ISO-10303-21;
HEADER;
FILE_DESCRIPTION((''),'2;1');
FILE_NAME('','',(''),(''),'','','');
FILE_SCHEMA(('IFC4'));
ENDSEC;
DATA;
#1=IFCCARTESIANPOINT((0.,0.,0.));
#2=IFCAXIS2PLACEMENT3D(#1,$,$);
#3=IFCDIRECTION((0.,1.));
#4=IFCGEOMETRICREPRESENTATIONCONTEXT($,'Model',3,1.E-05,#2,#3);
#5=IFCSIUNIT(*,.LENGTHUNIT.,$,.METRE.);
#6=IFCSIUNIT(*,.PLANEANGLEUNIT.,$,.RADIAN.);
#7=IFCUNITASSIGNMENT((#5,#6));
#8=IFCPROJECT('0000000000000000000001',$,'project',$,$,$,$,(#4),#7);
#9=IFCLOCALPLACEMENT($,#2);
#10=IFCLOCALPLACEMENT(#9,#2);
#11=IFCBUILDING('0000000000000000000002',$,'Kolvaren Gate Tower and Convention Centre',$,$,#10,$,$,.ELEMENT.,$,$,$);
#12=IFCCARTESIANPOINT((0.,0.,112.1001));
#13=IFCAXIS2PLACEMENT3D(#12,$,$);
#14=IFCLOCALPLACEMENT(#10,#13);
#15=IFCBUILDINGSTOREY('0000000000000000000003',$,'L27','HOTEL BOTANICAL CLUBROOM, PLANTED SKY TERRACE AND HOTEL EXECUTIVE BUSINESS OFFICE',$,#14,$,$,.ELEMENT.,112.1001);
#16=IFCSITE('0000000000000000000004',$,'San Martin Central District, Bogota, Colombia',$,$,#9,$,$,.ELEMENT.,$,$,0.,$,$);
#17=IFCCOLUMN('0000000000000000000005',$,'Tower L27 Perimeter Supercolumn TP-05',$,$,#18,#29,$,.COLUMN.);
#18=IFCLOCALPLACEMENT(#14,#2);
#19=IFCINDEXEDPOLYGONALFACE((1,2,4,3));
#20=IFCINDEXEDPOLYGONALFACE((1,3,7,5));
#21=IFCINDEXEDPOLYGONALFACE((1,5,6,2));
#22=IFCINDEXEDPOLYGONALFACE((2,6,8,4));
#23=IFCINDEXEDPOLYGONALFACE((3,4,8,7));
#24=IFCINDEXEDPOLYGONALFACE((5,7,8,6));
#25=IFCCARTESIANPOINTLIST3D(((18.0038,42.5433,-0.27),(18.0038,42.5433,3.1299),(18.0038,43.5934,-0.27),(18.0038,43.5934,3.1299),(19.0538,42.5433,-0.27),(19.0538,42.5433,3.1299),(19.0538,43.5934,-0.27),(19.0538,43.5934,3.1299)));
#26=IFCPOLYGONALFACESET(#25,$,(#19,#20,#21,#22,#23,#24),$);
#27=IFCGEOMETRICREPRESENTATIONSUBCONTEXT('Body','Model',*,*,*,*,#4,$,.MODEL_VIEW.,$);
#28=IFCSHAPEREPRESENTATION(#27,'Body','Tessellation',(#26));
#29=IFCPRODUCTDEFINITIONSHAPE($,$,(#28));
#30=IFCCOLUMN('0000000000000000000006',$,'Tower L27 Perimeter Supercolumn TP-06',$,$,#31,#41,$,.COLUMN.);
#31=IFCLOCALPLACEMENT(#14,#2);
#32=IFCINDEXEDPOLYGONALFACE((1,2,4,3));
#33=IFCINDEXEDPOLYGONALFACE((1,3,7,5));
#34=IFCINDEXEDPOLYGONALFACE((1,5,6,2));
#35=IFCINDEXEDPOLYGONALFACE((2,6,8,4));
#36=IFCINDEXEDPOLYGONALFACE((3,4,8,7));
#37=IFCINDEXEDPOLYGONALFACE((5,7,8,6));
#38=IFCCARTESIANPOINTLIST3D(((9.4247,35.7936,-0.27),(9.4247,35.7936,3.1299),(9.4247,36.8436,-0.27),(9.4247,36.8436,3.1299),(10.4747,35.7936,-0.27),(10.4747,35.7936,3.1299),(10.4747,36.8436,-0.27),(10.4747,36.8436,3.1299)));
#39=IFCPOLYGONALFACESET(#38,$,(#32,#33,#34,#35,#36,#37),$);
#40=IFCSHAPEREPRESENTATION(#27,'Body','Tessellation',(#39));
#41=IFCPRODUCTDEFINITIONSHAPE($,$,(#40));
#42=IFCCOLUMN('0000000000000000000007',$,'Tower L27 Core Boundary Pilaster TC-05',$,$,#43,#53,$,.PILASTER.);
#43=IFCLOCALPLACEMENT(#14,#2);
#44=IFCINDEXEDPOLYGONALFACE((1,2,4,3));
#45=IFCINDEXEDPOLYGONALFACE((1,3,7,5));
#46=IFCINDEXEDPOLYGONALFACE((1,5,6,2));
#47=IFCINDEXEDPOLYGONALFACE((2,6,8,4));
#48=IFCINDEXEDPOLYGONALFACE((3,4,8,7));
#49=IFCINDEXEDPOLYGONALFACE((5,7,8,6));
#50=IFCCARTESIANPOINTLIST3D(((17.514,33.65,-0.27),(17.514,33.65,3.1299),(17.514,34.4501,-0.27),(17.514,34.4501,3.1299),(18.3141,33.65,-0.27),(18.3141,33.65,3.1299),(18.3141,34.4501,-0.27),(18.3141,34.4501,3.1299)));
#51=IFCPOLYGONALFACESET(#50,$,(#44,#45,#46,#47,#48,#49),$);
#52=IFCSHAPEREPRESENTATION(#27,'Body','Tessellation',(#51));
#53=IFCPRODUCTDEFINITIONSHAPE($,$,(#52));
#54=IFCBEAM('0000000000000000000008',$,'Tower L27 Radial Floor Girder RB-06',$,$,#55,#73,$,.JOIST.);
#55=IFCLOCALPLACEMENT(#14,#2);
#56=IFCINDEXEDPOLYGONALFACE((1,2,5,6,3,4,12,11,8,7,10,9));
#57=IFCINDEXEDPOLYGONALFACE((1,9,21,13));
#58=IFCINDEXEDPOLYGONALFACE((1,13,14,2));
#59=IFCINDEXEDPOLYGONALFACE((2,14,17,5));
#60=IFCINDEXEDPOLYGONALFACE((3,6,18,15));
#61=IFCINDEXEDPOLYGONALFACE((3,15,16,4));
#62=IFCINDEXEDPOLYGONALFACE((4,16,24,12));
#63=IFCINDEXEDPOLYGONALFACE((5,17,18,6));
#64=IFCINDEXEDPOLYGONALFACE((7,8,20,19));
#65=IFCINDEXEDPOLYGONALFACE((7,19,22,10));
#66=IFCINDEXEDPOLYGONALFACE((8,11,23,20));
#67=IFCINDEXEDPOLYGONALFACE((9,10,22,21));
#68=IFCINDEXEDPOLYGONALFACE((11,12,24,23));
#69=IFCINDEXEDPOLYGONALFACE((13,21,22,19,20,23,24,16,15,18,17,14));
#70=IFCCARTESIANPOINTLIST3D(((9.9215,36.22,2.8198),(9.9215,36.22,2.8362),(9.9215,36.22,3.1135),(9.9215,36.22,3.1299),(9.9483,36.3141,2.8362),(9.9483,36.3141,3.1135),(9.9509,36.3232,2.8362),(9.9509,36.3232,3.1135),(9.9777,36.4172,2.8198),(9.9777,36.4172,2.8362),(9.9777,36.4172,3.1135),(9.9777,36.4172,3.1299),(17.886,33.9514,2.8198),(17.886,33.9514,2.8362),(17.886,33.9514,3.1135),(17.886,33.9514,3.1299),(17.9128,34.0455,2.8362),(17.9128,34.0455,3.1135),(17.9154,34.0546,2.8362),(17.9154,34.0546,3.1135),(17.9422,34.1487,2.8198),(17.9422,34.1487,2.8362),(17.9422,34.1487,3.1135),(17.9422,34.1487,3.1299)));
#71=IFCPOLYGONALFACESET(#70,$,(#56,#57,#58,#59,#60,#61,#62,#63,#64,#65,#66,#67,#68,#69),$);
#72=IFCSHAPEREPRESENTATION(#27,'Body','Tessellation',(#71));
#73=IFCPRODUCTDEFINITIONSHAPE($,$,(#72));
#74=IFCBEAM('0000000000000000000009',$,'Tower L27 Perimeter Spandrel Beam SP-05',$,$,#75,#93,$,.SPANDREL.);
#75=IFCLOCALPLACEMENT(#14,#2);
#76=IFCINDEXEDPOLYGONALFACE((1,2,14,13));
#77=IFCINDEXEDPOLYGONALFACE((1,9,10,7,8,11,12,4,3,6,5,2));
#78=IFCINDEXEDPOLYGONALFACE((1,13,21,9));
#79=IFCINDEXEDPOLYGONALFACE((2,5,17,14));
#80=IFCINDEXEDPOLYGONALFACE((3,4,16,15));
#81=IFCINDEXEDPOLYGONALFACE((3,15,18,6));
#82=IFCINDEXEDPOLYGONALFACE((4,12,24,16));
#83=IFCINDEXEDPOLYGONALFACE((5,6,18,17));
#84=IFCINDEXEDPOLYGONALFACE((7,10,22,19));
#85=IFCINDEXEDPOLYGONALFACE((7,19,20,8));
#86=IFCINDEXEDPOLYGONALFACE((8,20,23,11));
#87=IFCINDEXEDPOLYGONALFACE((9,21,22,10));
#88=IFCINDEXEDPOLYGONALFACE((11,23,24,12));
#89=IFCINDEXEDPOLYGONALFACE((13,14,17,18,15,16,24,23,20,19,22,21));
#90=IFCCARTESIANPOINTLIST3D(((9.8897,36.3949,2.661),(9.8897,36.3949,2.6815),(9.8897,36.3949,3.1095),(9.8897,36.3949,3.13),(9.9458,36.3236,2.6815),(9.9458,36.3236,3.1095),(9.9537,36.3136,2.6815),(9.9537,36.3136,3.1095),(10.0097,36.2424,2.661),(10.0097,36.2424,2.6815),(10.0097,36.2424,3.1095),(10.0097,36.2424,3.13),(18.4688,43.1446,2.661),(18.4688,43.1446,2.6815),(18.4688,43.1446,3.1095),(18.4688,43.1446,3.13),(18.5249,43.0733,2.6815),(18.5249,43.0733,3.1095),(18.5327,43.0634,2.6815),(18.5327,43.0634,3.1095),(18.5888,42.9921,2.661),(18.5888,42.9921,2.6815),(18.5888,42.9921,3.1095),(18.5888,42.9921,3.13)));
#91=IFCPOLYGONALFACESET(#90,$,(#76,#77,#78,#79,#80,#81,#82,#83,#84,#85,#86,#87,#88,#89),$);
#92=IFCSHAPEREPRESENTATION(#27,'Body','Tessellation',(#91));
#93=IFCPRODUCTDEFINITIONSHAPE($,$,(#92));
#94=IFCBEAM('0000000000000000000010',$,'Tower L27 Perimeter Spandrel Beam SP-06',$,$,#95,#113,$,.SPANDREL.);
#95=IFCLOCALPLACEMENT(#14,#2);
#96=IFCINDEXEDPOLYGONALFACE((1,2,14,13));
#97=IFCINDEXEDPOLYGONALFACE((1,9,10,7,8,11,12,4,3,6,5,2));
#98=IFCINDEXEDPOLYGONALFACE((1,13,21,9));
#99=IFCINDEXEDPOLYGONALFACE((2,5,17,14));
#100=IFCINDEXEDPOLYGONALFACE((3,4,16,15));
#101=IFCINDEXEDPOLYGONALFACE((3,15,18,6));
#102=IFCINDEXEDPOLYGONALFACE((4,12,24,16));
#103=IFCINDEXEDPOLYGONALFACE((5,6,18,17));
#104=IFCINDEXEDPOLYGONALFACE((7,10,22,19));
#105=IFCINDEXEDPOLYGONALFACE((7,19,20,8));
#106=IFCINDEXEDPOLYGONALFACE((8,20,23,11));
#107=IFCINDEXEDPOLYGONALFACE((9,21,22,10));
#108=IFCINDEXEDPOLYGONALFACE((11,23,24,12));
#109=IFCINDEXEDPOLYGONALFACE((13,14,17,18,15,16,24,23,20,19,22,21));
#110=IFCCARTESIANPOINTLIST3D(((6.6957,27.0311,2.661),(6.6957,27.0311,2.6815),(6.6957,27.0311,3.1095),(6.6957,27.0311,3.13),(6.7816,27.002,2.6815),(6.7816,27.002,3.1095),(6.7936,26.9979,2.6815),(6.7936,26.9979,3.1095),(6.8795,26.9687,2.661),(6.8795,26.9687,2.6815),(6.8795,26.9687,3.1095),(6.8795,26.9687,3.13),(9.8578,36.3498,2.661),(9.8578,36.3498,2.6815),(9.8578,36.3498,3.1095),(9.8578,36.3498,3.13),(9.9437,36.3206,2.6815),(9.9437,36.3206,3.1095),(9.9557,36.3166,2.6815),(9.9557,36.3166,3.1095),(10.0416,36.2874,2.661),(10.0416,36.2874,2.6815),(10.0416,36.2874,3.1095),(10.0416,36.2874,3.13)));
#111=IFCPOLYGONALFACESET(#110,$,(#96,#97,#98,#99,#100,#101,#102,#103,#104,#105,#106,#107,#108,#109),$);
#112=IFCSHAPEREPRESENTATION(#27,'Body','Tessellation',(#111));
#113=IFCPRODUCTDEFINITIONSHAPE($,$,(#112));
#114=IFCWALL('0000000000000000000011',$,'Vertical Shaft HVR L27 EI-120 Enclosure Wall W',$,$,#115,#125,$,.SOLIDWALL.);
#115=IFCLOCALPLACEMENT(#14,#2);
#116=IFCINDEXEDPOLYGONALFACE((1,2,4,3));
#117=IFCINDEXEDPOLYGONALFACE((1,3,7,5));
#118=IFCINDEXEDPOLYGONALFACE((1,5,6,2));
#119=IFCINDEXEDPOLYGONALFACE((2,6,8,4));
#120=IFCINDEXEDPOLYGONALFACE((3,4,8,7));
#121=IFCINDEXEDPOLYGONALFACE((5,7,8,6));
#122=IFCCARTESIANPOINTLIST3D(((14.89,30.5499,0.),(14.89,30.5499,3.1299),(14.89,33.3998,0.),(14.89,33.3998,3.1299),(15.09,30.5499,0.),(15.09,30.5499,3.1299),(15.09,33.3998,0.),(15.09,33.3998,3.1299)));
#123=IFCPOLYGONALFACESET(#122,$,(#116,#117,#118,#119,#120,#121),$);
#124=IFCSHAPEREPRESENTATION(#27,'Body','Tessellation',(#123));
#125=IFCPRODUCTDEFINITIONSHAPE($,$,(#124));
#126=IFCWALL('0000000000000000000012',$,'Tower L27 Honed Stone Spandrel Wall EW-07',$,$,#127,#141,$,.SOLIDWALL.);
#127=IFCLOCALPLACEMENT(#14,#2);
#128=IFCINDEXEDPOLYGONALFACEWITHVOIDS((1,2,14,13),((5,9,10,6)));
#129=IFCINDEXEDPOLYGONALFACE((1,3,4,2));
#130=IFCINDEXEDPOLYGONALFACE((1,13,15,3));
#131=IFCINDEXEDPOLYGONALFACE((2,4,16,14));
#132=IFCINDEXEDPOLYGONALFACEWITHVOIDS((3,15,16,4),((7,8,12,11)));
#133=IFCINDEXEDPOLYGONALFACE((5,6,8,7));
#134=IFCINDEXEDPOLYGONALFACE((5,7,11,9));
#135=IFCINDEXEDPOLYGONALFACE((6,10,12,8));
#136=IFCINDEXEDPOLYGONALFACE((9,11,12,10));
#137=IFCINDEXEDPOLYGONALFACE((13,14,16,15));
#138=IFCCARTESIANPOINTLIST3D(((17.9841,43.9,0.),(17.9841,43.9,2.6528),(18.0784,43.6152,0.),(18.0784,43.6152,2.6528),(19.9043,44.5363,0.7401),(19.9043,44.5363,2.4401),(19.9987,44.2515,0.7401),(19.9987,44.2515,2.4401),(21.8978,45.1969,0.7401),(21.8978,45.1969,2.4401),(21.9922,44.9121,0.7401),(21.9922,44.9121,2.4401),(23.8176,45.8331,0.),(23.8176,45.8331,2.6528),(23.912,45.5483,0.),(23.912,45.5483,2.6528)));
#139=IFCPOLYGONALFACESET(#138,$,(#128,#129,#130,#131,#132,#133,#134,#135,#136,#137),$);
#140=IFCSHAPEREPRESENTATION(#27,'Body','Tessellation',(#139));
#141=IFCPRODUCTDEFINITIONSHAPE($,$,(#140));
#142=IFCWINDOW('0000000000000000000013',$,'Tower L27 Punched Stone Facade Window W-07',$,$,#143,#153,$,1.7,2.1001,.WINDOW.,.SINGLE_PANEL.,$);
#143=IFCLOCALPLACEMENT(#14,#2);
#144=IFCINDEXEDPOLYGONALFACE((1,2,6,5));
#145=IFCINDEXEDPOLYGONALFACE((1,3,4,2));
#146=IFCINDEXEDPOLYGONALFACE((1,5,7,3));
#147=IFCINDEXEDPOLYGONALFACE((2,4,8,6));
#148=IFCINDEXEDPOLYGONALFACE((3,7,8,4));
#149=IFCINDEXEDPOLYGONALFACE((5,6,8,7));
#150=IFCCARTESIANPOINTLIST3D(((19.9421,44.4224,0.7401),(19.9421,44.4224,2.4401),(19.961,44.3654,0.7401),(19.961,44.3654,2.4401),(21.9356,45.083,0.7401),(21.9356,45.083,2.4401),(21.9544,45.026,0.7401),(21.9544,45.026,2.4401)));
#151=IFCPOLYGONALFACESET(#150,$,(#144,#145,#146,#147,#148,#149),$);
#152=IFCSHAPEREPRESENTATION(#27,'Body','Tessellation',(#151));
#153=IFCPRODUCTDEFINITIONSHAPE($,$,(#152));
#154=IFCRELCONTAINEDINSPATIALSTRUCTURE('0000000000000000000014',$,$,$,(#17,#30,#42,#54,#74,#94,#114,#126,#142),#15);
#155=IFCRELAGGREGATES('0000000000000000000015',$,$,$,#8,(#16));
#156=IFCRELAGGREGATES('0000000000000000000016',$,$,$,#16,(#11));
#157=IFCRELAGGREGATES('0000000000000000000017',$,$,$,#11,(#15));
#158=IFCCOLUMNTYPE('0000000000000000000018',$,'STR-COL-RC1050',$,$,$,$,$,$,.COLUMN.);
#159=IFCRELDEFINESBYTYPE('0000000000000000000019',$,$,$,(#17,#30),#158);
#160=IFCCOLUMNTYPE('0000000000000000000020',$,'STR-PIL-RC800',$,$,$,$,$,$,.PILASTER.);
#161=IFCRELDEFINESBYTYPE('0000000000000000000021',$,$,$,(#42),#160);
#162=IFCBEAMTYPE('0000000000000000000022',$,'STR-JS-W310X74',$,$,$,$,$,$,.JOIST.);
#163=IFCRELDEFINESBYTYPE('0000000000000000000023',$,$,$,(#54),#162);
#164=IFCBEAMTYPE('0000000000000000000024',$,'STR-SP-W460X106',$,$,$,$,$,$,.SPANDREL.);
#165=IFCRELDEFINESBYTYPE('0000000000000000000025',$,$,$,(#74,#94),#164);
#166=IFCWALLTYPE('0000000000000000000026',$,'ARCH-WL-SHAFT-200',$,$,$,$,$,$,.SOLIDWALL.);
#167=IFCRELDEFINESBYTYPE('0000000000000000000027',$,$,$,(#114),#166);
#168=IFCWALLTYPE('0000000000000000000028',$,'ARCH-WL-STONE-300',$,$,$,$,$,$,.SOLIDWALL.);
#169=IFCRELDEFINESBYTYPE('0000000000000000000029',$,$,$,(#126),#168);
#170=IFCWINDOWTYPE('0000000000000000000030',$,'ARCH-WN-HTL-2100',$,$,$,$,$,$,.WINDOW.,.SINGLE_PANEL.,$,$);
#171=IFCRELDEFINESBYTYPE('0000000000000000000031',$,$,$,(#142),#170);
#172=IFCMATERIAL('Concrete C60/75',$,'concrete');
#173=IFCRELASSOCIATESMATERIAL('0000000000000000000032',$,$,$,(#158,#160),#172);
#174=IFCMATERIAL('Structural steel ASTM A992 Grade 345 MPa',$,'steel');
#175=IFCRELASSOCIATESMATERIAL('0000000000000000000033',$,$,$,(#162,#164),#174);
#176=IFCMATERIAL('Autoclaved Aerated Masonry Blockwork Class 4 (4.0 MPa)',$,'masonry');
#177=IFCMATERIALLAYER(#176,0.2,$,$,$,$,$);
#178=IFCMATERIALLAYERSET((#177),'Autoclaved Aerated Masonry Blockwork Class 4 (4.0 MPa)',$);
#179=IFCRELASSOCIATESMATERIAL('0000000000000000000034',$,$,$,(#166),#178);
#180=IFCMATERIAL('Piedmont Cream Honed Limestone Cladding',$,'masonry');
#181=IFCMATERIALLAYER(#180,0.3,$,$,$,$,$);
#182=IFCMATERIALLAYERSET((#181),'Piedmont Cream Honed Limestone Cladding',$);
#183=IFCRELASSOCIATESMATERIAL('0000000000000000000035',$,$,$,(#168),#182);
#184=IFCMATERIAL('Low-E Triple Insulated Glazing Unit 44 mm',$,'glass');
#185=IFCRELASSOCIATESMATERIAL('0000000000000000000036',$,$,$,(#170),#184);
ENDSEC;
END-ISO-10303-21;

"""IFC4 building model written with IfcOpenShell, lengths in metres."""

from ifc_helpers import new_model, si_unit, direction, frame, frame_2d, origin, origin_2d, place, context, subcontext, project, spatial, rectangle, i_section, extrude, material, layer, layer_set, material_profile, profile_set, type_object, element, fill, save


model = new_model("IFC4")

# Units and contexts
model_context = context("Model", 3, precision=1e-05, world=origin(), true_north=direction((0.0, 1.0)))
body_context = subcontext(model_context, "Body", "Model", "MODEL_VIEW")
ifc_project = project(units=[si_unit("LENGTHUNIT", "METRE"), si_unit("PLANEANGLEUNIT", "RADIAN")], contexts=[model_context])

# Site, building, storey
site_placement = place(None, origin())
site = spatial("IfcSite", under=ifc_project, at=site_placement, Name="San Martin Central District, Bogota, Colombia", CompositionType="ELEMENT", RefElevation=0.0)
building_placement = place(site_placement, origin())
building = spatial("IfcBuilding", under=site, at=building_placement, Name="Kolvaren Gate Tower and Convention Centre", CompositionType="ELEMENT")
storey_placement = place(building_placement, frame((0.0, 0.0, 112.1001)))
storey = spatial("IfcBuildingStorey", under=building, at=storey_placement, Name="L27", Description="HOTEL BOTANICAL CLUBROOM, PLANTED SKY TERRACE AND HOTEL EXECUTIVE BUSINESS OFFICE", CompositionType="ELEMENT", Elevation=112.1001)

# Columns
ifc_material_1 = material(Name="Concrete C60/75", Category="concrete")
ifc_material_profile_1 = material_profile(ifc_material_1, rectangle(XDim=1.05, YDim=1.05, at=origin_2d()), Name="RC-COL-1050X1050")
ifc_profile_set_1 = profile_set([ifc_material_profile_1], Name="Concrete C60/75")
column_type_1 = type_object("IfcColumnType", Name="STR-COL-RC1050", PredefinedType="COLUMN", material=ifc_profile_set_1)
for number, where, z_axis, x_axis, name in (
    (1, (18.5288, 43.0684, -0.27), (0.0, 0.0, 1.0), (1.0, 0.0, 0.0), "Tower L27 Perimeter Supercolumn TP-05"),
    (2, (9.9497, 36.3186, -0.27), (0.0, 0.0, 1.0), (1.0, 0.0, 0.0), "Tower L27 Perimeter Supercolumn TP-06"),
):
    element("IfcColumn", number, at=place(storey_placement, frame(where, z_axis=z_axis, x_axis=x_axis)), inside=storey, type_object=column_type_1, Name=name, PredefinedType="COLUMN", context=body_context, shape_type="SweptSolid", body=[
        extrude(rectangle(XDim=1.05, YDim=1.05, at=origin_2d()), origin(), (0.0, 0.0, 1.0), 3.3999),
    ])
ifc_material_profile_2 = material_profile(ifc_material_1, rectangle(XDim=0.8, YDim=0.8, at=origin_2d()), Name="RC-COL-800X800")
ifc_profile_set_2 = profile_set([ifc_material_profile_2], Name="Concrete C60/75")
column_type_2 = type_object("IfcColumnType", Name="STR-PIL-RC800", PredefinedType="PILASTER", material=ifc_profile_set_2)
column_placement = place(storey_placement, frame((17.9141, 34.05, -0.27), z_axis=(0.0, 0.0, 1.0), x_axis=(1.0, 0.0, 0.0)))
element("IfcColumn", 3, at=column_placement, inside=storey, type_object=column_type_2, Name="Tower L27 Core Boundary Pilaster TC-05", PredefinedType="PILASTER", context=body_context, shape_type="SweptSolid", body=[
    extrude(rectangle(XDim=0.8, YDim=0.8, at=origin_2d()), origin(), (0.0, 0.0, 1.0), 3.3999),
])

# Beams
ifc_material_2 = material(Name="Structural steel ASTM A992 Grade 345 MPa", Category="steel")
ifc_material_profile_3 = material_profile(ifc_material_2, i_section(OverallWidth=0.2051, OverallDepth=0.3101, WebThickness=0.0095, FlangeThickness=0.0164, at=origin_2d()), Name="W310X74")
ifc_profile_set_3 = profile_set([ifc_material_profile_3], Name="Structural steel ASTM A992 Grade 345 MPa")
beam_type_1 = type_object("IfcBeamType", Name="STR-JS-W310X74", PredefinedType="JOIST", material=ifc_profile_set_3)
beam_1_placement = place(storey_placement, frame((17.9141, 34.05, 2.9749), z_axis=(-0.961746, 0.273942, 0.0), x_axis=(-0.273942, -0.961746, 0.0)))
element("IfcBeam", 4, at=beam_1_placement, inside=storey, type_object=beam_type_1, Name="Tower L27 Radial Floor Girder RB-06", PredefinedType="JOIST", context=body_context, shape_type="SweptSolid", body=[
    extrude(i_section(OverallWidth=0.2051, OverallDepth=0.3101, WebThickness=0.0095, FlangeThickness=0.0164, at=origin_2d()), origin(), (0.0, 0.0, 1.0), 8.2812),
])
ifc_material_profile_4 = material_profile(ifc_material_2, i_section(OverallWidth=0.1941, OverallDepth=0.469, WebThickness=0.0127, FlangeThickness=0.0205, at=origin_2d()), Name="W460X106")
ifc_profile_set_4 = profile_set([ifc_material_profile_4], Name="Structural steel ASTM A992 Grade 345 MPa")
beam_type_2 = type_object("IfcBeamType", Name="STR-SP-W460X106", PredefinedType="SPANDREL", material=ifc_profile_set_4)
beam_2_placement = place(storey_placement, frame((18.5288, 43.0684, 2.8955), z_axis=(-0.785916, -0.618333, 0.0), x_axis=(0.618333, -0.785916, 0.0)))
element("IfcBeam", 5, at=beam_2_placement, inside=storey, type_object=beam_type_2, Name="Tower L27 Perimeter Spandrel Beam SP-05", PredefinedType="SPANDREL", context=body_context, shape_type="SweptSolid", body=[
    extrude(i_section(OverallWidth=0.1941, OverallDepth=0.469, WebThickness=0.0127, FlangeThickness=0.0205, at=origin_2d()), origin(), (0.0, 0.0, 1.0), 10.916),
])
beam_3_placement = place(storey_placement, frame((9.9497, 36.3186, 2.8955), z_axis=(-0.321336, -0.946965, 0.0), x_axis=(0.946965, -0.321336, 0.0)))
element("IfcBeam", 6, at=beam_3_placement, inside=storey, type_object=beam_type_2, Name="Tower L27 Perimeter Spandrel Beam SP-06", PredefinedType="SPANDREL", context=body_context, shape_type="SweptSolid", body=[
    extrude(i_section(OverallWidth=0.1941, OverallDepth=0.469, WebThickness=0.0127, FlangeThickness=0.0205, at=origin_2d()), origin(), (0.0, 0.0, 1.0), 9.8406),
])

# Wall
ifc_material_3 = material(Name="Autoclaved Aerated Masonry Blockwork Class 4 (4.0 MPa)", Category="masonry")
ifc_layer_1 = layer(ifc_material_3, 0.2)
ifc_layer_set_1 = layer_set([ifc_layer_1], Name="Autoclaved Aerated Masonry Blockwork Class 4 (4.0 MPa)")
wall_type_1 = type_object("IfcWallType", Name="ARCH-WL-SHAFT-200", PredefinedType="SOLIDWALL", material=ifc_layer_set_1)
wall_1_placement = place(storey_placement, frame((14.99, 30.55, 0.0), z_axis=(0.0, 0.0, 1.0), x_axis=(0.0, 1.0, 0.0)))
element("IfcWall", 7, at=wall_1_placement, inside=storey, type_object=wall_type_1, Name="Vertical Shaft HVR L27 EI-120 Enclosure Wall W", PredefinedType="SOLIDWALL", context=body_context, shape_type="SweptSolid", body=[
    extrude(rectangle(XDim=2.8499, YDim=0.2, at=frame_2d((1.4248, 0.0))), origin(), (0.0, 0.0, 1.0), 3.1299),
])

# Wall, opening, window
ifc_material_4 = material(Name="Piedmont Cream Honed Limestone Cladding", Category="masonry")
ifc_layer_2 = layer(ifc_material_4, 0.3)
ifc_layer_set_2 = layer_set([ifc_layer_2], Name="Piedmont Cream Honed Limestone Cladding")
wall_type_2 = type_object("IfcWallType", Name="ARCH-WL-STONE-300", PredefinedType="SOLIDWALL", material=ifc_layer_set_2)
wall_2_placement = place(storey_placement, frame((18.0312, 43.7576, 0.0), z_axis=(0.0, 0.0, 1.0), x_axis=(0.949238, 0.314559, 0.0)))
wall_2 = element("IfcWall", 8, at=wall_2_placement, inside=storey, type_object=wall_type_2, Name="Tower L27 Honed Stone Spandrel Wall EW-07", PredefinedType="SOLIDWALL", context=body_context, shape_type="SweptSolid", body=[
    extrude(rectangle(XDim=6.1455, YDim=0.3, at=frame_2d((3.0728, 0.0))), origin(), (0.0, 0.0, 1.0), 2.6528),
])
opening_1_placement = place(wall_2_placement, frame((2.0229, 0.0, 0.74)))
opening_1 = element("IfcOpeningElement", 9, at=opening_1_placement, cuts=wall_2, PredefinedType="OPENING", context=body_context, shape_type="SweptSolid", body=[
    extrude(rectangle(XDim=2.1001, YDim=1.7, at=frame_2d((1.05, 0.8501))), frame((0.0, 0.1599, 0.0), z_axis=(0.0, -1.0, 0.0), x_axis=(1.0, 0.0, 0.0)), (0.0, 0.0, 1.0), 0.3201),
])
ifc_material_5 = material(Name="Low-E Triple Insulated Glazing Unit 44 mm", Category="glass")
window_type = type_object("IfcWindowType", Name="ARCH-WN-HTL-2100", PartitioningType="SINGLE_PANEL", PredefinedType="WINDOW", material=ifc_material_5)
window_1_placement = place(opening_1_placement, origin())
window_1 = element("IfcWindow", 10, at=window_1_placement, inside=storey, type_object=window_type, Name="Tower L27 Punched Stone Facade Window W-07", OverallHeight=1.7, OverallWidth=2.1001, PartitioningType="SINGLE_PANEL", PredefinedType="WINDOW", context=body_context, shape_type="SweptSolid", body=[
    extrude(rectangle(XDim=2.1001, YDim=1.7, at=frame_2d((1.05, 0.8501))), frame((0.0, 0.03, 0.0), z_axis=(0.0, -1.0, 0.0), x_axis=(1.0, 0.0, 0.0)), (0.0, 0.0, 1.0), 0.0601),
])
fill(opening_1, window_1)

save(model, "model.ifc")
